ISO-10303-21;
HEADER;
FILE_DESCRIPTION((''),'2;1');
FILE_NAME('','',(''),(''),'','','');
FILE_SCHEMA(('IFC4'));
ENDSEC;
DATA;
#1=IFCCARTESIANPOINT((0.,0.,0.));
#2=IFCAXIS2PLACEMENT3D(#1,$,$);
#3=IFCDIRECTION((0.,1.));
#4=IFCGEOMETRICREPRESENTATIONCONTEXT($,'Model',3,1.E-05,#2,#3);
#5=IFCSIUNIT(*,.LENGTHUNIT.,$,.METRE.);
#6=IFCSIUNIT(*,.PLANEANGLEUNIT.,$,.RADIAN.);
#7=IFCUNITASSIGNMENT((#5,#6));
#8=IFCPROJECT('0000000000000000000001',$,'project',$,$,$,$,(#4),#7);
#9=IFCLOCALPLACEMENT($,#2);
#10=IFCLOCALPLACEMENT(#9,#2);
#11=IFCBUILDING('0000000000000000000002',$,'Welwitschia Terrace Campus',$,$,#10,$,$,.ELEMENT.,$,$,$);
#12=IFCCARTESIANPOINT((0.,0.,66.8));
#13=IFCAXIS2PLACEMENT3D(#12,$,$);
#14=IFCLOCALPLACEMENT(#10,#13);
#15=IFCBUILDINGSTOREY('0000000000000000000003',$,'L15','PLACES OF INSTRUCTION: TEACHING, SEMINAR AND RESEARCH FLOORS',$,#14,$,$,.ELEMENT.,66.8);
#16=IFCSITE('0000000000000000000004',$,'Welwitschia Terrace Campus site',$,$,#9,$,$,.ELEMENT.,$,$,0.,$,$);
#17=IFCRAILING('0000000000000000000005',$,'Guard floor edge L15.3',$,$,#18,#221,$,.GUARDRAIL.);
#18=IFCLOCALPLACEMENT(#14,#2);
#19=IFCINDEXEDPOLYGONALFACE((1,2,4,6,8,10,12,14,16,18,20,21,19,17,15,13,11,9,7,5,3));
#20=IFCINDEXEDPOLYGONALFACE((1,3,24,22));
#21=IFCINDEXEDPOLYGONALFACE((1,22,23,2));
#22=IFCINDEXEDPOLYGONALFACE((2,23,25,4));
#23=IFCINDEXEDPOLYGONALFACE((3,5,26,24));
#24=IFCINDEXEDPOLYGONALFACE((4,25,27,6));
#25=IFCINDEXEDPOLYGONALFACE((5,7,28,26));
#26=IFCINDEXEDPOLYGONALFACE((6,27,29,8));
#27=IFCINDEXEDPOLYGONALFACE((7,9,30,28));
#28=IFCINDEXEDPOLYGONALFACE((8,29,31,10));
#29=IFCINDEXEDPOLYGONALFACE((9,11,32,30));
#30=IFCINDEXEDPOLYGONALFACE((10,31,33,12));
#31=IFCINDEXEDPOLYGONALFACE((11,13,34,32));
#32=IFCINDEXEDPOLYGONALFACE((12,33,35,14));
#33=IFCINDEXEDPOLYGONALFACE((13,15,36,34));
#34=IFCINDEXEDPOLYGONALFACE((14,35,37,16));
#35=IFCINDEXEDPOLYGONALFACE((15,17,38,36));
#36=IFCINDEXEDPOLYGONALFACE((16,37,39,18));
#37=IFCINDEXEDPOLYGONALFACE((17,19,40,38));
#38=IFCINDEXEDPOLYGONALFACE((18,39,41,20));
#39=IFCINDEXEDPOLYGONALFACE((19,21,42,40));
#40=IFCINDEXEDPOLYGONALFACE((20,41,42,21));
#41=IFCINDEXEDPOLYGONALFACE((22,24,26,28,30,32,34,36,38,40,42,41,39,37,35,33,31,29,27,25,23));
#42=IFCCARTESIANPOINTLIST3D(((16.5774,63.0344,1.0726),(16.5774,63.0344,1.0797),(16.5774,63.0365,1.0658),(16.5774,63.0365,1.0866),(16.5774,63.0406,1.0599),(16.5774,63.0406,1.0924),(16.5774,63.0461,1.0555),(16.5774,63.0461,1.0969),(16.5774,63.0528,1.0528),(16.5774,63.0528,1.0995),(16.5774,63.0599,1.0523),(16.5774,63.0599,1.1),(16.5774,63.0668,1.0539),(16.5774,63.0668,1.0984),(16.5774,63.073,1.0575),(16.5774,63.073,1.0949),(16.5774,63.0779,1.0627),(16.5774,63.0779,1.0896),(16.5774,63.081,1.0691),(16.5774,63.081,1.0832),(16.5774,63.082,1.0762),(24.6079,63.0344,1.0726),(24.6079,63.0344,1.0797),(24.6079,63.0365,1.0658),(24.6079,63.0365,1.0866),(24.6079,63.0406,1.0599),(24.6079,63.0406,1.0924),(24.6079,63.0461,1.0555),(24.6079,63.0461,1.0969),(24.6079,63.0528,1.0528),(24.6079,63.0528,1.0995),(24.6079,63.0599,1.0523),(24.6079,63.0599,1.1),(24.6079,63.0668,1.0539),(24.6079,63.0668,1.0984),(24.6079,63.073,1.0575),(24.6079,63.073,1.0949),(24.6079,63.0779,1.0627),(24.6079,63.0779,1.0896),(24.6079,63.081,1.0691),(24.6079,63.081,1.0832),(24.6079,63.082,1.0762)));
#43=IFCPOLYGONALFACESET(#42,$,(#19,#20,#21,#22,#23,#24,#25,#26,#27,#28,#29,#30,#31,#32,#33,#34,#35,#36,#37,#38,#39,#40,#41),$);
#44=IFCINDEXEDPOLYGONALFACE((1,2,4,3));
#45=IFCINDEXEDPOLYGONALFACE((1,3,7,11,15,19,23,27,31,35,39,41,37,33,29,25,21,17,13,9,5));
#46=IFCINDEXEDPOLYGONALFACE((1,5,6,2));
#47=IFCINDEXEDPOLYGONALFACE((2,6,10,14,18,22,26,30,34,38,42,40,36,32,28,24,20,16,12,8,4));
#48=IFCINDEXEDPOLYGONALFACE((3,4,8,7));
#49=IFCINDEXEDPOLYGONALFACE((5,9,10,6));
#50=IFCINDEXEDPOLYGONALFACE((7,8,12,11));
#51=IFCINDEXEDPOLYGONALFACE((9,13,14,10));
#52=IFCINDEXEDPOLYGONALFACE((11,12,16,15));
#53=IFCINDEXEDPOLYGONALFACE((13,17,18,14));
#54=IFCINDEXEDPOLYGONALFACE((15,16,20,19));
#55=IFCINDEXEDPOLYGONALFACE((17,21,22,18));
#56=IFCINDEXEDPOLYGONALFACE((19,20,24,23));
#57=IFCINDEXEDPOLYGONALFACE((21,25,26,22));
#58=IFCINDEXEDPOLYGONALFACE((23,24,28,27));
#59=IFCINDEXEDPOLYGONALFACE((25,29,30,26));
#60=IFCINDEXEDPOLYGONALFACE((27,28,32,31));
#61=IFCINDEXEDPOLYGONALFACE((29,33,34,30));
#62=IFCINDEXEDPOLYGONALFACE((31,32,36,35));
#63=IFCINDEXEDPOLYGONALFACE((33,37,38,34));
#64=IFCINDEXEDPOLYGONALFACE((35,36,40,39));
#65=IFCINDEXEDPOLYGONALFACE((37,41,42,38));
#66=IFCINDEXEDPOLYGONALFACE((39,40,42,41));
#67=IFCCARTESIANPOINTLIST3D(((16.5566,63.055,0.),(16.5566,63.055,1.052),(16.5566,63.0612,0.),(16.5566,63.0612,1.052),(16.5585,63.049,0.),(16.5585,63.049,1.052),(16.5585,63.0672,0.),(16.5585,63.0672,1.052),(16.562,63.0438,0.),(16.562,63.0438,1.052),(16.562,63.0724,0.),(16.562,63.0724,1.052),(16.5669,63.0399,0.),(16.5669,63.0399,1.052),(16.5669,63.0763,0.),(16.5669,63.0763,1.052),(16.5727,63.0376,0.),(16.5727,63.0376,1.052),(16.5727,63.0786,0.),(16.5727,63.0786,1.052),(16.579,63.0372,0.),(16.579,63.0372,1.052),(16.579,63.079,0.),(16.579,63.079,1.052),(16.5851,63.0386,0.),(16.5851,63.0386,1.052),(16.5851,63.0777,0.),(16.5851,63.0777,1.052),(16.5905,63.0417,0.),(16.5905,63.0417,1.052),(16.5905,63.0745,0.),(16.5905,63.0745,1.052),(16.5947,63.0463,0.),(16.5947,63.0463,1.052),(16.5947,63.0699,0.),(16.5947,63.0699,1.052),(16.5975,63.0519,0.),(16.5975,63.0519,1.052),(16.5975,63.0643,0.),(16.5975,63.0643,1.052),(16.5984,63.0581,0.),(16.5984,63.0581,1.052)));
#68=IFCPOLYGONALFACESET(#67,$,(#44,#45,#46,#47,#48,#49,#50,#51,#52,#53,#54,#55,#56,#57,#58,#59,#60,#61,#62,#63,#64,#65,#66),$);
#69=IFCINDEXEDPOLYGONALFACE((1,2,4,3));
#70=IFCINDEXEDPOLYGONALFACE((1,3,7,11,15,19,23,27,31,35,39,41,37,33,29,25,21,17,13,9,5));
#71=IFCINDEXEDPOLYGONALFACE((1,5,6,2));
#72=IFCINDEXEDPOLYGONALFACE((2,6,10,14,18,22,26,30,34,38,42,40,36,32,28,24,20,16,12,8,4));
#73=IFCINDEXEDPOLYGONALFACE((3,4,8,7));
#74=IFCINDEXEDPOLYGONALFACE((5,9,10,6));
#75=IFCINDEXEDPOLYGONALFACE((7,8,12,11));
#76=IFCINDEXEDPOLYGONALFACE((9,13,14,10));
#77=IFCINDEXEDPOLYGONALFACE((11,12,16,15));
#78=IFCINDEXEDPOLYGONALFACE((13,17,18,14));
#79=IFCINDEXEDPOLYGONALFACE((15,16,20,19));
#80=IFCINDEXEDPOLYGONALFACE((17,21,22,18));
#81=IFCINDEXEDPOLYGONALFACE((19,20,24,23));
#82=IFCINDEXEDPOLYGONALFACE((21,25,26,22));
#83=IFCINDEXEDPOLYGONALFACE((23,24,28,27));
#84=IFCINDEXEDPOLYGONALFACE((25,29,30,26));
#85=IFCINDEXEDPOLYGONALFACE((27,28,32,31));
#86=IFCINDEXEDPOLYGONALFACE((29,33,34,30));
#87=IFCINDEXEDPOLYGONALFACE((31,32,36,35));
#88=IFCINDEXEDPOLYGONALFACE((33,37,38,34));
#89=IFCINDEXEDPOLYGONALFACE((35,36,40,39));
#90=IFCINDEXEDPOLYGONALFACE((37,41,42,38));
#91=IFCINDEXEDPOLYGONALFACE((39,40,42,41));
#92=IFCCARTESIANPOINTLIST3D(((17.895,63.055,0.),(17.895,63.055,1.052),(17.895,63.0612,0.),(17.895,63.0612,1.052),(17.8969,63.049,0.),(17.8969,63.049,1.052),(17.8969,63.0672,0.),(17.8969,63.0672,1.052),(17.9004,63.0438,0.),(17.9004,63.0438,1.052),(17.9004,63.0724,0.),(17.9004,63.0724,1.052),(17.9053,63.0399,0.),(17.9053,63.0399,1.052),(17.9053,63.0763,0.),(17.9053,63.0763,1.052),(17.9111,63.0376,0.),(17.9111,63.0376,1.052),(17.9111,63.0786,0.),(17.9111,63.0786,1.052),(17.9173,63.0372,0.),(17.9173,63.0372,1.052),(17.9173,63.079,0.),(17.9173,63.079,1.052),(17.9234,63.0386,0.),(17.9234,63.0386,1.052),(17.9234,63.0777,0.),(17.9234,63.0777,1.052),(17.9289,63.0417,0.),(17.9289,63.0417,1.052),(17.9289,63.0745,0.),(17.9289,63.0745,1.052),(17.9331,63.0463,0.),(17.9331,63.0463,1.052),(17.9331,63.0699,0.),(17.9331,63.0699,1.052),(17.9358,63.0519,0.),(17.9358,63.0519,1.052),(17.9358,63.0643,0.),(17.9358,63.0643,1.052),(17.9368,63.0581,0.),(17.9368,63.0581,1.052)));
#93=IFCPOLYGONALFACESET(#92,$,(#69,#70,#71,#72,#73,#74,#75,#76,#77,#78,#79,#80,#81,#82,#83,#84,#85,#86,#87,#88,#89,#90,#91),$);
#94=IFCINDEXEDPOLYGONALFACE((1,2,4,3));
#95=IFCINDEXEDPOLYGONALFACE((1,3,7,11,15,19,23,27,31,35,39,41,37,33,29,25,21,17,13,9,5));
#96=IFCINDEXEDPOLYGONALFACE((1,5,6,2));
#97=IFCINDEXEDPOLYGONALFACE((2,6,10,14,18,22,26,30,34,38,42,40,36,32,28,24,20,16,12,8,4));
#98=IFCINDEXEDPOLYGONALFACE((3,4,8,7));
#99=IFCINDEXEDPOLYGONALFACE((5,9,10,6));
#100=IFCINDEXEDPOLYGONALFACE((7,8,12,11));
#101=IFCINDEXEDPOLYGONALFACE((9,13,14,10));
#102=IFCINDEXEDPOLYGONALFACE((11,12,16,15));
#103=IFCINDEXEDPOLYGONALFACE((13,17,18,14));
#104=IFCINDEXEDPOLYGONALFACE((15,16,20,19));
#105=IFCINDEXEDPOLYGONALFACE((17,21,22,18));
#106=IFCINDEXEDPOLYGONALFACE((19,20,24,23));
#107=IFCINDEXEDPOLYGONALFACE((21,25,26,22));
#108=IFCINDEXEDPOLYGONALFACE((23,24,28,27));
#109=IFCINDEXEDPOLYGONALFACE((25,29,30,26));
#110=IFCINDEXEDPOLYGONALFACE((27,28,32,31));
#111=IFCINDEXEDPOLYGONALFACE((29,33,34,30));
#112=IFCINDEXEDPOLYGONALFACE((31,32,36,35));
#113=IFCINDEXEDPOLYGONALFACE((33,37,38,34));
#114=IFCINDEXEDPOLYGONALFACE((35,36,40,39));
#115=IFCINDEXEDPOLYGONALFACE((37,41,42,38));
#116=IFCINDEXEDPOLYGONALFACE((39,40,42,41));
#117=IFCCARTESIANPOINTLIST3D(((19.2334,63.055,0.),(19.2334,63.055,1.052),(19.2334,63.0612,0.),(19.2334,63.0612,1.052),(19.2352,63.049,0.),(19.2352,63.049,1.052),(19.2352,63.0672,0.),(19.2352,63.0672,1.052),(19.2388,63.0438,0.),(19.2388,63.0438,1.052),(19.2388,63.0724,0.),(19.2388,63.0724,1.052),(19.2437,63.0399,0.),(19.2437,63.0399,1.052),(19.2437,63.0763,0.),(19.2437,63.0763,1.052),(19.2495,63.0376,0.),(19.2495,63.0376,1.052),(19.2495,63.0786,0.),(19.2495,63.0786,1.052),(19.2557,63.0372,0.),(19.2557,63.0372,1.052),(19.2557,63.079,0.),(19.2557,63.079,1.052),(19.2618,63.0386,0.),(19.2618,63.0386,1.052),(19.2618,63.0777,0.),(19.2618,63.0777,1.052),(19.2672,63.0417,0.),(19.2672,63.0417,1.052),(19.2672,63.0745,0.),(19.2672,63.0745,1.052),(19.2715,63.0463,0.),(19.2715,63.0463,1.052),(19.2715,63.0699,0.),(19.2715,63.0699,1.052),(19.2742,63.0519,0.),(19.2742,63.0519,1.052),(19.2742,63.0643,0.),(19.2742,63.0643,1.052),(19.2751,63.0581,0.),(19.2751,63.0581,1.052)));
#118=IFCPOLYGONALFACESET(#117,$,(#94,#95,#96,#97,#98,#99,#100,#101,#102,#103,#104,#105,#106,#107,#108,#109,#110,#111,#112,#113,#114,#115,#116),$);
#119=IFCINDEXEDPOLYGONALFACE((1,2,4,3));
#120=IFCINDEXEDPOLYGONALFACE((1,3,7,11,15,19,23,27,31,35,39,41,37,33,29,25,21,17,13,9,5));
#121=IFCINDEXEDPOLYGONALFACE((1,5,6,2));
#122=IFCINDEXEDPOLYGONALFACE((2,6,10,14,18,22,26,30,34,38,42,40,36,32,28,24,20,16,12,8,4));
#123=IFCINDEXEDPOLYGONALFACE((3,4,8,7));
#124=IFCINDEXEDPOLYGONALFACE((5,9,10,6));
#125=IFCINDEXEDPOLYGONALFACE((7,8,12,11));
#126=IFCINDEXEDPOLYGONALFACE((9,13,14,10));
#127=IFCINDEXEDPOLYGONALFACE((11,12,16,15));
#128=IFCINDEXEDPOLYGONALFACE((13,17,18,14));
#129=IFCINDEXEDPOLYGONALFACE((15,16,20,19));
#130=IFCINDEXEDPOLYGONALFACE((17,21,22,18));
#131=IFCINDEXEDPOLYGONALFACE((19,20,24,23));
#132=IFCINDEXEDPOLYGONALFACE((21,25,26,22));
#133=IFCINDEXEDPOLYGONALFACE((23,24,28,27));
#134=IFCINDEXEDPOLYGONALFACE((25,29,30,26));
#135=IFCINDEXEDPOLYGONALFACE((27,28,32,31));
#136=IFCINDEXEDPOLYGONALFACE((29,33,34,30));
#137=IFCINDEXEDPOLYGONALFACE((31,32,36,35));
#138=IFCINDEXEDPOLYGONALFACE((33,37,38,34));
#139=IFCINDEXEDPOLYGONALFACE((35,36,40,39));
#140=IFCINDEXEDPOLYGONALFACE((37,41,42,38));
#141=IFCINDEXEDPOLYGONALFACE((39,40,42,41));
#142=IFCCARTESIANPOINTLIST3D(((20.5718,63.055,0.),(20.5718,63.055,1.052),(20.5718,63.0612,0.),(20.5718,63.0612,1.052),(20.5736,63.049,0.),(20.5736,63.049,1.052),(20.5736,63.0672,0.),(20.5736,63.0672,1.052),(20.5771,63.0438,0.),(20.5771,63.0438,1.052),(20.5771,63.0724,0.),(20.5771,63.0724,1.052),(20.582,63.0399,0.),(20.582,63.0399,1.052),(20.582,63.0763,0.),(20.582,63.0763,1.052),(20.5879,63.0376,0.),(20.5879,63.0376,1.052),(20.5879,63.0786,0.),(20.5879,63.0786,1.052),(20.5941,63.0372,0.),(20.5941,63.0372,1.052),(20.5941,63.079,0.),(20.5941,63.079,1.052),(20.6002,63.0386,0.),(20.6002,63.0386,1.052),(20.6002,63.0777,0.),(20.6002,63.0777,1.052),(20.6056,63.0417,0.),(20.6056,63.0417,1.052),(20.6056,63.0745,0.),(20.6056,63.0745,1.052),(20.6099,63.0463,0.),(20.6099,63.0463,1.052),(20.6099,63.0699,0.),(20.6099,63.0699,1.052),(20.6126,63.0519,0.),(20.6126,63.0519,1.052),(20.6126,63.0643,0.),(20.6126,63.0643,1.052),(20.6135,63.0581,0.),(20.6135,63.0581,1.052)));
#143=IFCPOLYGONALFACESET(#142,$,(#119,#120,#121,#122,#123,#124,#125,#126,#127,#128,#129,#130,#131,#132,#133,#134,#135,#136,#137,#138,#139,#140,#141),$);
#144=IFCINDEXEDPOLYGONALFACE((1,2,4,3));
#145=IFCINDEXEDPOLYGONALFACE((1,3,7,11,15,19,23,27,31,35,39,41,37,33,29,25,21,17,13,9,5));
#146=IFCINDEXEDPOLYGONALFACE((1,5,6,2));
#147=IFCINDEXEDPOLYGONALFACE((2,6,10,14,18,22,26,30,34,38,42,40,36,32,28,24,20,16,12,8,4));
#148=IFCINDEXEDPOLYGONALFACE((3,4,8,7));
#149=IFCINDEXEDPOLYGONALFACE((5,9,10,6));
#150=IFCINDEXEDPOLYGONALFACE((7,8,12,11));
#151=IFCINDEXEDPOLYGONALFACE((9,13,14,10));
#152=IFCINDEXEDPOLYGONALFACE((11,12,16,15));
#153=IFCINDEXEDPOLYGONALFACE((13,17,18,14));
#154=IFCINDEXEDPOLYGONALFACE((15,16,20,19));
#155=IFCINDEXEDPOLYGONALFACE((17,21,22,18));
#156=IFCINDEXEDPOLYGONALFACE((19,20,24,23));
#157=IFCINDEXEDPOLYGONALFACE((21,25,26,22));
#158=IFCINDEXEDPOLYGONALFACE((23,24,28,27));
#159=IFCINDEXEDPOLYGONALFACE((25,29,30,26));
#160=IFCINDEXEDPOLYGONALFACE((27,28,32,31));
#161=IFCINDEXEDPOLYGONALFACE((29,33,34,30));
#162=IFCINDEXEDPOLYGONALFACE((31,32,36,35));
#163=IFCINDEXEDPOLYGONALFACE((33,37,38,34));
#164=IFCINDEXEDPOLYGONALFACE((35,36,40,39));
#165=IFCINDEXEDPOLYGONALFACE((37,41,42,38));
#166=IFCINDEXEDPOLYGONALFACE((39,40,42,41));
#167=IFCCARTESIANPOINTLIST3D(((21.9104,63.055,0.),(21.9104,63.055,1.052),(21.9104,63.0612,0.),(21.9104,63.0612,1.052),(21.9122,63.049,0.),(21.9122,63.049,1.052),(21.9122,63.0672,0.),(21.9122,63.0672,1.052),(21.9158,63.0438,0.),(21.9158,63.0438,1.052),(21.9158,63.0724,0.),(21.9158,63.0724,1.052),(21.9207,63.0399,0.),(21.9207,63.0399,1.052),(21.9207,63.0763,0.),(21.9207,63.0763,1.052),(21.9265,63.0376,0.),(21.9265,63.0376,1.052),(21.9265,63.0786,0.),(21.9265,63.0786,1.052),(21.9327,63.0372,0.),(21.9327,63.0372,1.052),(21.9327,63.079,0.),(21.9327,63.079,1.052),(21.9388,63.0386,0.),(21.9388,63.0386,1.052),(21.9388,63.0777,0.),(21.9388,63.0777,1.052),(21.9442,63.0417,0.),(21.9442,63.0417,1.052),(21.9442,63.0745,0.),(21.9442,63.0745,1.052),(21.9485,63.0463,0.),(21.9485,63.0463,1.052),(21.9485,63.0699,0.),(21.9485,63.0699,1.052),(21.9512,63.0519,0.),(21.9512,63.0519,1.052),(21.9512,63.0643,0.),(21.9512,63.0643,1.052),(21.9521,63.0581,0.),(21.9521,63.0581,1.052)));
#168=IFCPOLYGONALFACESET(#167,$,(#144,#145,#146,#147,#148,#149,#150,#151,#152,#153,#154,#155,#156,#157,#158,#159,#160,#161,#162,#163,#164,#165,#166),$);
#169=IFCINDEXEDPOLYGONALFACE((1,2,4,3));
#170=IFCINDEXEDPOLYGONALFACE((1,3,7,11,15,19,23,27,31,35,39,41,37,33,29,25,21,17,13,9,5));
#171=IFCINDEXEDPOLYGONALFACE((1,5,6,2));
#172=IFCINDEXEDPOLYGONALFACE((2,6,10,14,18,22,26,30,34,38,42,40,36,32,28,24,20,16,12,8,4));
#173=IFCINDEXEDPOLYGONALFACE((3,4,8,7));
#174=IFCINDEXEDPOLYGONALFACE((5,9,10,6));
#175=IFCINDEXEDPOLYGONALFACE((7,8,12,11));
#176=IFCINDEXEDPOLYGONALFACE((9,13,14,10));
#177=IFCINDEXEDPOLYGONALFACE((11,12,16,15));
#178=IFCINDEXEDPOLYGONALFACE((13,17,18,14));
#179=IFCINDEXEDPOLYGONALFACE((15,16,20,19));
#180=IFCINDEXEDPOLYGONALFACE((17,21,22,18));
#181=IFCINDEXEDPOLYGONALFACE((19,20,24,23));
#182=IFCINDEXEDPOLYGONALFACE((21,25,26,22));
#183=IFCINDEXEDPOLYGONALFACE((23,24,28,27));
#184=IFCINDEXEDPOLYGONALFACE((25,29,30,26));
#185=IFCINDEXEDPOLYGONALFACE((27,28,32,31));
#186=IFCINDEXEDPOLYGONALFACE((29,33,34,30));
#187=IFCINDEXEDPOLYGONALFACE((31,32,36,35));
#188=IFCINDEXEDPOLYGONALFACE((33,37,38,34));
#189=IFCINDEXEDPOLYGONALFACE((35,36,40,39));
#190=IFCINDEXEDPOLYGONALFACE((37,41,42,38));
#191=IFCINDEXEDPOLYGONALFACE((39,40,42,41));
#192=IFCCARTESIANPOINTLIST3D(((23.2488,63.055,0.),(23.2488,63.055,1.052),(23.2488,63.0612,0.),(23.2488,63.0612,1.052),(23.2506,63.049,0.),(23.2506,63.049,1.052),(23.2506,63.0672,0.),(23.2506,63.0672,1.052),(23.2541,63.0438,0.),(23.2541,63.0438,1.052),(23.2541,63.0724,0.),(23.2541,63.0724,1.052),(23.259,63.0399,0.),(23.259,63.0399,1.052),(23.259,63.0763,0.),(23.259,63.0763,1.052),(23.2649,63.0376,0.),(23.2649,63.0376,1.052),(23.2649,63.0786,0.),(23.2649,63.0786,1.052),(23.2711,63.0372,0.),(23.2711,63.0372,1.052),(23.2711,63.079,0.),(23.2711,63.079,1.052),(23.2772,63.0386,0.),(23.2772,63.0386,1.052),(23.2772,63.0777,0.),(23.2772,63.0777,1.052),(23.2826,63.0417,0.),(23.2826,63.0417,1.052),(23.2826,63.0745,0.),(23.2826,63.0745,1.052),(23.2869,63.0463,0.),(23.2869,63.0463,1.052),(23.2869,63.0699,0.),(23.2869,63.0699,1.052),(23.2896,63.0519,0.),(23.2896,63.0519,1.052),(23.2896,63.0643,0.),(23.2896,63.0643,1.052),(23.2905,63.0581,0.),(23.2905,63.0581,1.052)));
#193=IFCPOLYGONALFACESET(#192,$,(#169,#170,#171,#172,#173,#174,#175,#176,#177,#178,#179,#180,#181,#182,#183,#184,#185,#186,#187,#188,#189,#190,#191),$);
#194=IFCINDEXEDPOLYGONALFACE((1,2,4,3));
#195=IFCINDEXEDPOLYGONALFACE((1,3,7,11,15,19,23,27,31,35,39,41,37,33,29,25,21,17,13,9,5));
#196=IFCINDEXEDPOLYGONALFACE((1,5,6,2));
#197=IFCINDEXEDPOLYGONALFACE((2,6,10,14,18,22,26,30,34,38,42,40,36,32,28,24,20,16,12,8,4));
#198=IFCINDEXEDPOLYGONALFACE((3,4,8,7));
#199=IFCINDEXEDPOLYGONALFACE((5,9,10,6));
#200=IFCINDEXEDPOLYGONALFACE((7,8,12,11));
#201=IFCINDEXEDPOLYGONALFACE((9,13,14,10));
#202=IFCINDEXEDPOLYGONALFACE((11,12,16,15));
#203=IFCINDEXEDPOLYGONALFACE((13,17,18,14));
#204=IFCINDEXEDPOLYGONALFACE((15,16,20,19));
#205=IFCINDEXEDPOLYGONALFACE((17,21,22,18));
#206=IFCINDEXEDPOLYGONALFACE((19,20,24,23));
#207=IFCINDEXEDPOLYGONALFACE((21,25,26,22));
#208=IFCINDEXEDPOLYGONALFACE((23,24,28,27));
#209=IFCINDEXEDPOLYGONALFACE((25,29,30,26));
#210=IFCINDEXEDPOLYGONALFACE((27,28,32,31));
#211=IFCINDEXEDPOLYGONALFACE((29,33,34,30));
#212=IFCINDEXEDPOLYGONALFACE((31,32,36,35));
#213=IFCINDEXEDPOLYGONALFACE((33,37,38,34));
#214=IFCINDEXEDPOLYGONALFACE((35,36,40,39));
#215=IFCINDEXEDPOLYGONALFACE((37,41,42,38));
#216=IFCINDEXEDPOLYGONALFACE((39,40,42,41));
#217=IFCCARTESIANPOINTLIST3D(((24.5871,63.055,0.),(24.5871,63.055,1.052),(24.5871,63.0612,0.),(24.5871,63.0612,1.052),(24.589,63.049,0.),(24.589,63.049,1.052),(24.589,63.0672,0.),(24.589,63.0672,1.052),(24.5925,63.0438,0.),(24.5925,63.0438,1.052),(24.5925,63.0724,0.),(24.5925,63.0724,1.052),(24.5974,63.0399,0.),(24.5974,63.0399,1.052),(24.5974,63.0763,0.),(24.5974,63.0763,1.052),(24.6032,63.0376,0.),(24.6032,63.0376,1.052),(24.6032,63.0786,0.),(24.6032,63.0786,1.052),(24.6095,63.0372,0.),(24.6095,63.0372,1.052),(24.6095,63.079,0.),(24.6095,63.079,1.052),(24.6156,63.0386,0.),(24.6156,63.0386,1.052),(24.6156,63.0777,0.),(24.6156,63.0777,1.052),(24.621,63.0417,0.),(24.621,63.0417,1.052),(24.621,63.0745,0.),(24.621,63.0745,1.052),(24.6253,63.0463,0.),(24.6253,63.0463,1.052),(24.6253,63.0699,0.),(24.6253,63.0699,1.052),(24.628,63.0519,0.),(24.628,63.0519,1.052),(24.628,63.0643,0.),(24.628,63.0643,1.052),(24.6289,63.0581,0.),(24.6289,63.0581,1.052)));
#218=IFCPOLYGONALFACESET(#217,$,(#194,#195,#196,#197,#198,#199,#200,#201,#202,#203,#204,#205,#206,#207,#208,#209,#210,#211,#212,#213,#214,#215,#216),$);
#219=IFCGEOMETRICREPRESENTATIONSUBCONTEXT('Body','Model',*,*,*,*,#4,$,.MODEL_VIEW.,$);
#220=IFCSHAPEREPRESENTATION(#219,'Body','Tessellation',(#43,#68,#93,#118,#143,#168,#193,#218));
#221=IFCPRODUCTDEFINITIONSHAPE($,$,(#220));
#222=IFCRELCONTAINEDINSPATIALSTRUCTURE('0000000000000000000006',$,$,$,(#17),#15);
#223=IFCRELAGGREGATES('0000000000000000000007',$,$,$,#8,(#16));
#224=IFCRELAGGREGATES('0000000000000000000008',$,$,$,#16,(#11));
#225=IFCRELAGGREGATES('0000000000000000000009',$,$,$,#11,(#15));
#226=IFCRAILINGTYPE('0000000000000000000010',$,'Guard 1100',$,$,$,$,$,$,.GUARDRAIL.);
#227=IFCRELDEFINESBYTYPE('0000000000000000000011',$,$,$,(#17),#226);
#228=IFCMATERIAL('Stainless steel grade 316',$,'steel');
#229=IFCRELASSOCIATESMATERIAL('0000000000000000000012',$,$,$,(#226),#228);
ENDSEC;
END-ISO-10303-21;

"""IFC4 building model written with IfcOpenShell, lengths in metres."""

from ifc_helpers import new_model, si_unit, direction, frame, origin, origin_2d, place, context, subcontext, project, spatial, circle, extrude, material, type_object, element, save


model = new_model("IFC4")

# Units and contexts
model_context = context("Model", 3, precision=1e-05, world=origin(), true_north=direction((0.0, 1.0)))
body_context = subcontext(model_context, "Body", "Model", "MODEL_VIEW")
ifc_project = project(units=[si_unit("LENGTHUNIT", "METRE"), si_unit("PLANEANGLEUNIT", "RADIAN")], contexts=[model_context])

# Site, building, storey
site_placement = place(None, origin())
site = spatial("IfcSite", under=ifc_project, at=site_placement, Name="Welwitschia Terrace Campus site", CompositionType="ELEMENT", RefElevation=0.0)
building_placement = place(site_placement, origin())
building = spatial("IfcBuilding", under=site, at=building_placement, Name="Welwitschia Terrace Campus", CompositionType="ELEMENT")
storey_placement = place(building_placement, frame((0.0, 0.0, 66.8)))
storey = spatial("IfcBuildingStorey", under=building, at=storey_placement, Name="L15", Description="PLACES OF INSTRUCTION: TEACHING, SEMINAR AND RESEARCH FLOORS", CompositionType="ELEMENT", Elevation=66.8)

# Railing
ifc_material_1 = material(Name="Stainless steel grade 316", Category="steel")
railing_type = type_object("IfcRailingType", Name="Guard 1100", PredefinedType="GUARDRAIL", material=ifc_material_1)
railing_1_placement = place(storey_placement, frame((16.5774, 63.0581, 0.0)))
element("IfcRailing", 1, at=railing_1_placement, inside=storey, type_object=railing_type, Name="Guard floor edge L15.3", PredefinedType="GUARDRAIL", context=body_context, shape_type="SweptSolid", body=[
    extrude(circle(Radius=0.0239, at=origin_2d()), frame((0.0, 0.0, 1.0762), z_axis=(1.0, 0.0, 0.0), x_axis=(0.0, 1.0, 0.0)), (0.0, 0.0, 1.0), 8.0305),
    extrude(circle(Radius=0.021, at=origin_2d()), origin(), (0.0, 0.0, 1.0), 1.052),
    extrude(circle(Radius=0.021, at=origin_2d()), frame((1.3384, 0.0, 0.0)), (0.0, 0.0, 1.0), 1.052),
    extrude(circle(Radius=0.021, at=origin_2d()), frame((2.6768, 0.0, 0.0)), (0.0, 0.0, 1.0), 1.052),
    extrude(circle(Radius=0.021, at=origin_2d()), frame((4.0151, 0.0, 0.0)), (0.0, 0.0, 1.0), 1.052),
    extrude(circle(Radius=0.021, at=origin_2d()), frame((5.3538, 0.0, 0.0)), (0.0, 0.0, 1.0), 1.052),
    extrude(circle(Radius=0.021, at=origin_2d()), frame((6.6921, 0.0, 0.0)), (0.0, 0.0, 1.0), 1.052),
    extrude(circle(Radius=0.021, at=origin_2d()), frame((8.0305, 0.0, 0.0)), (0.0, 0.0, 1.0), 1.052),
])

save(model, "model.ifc")
